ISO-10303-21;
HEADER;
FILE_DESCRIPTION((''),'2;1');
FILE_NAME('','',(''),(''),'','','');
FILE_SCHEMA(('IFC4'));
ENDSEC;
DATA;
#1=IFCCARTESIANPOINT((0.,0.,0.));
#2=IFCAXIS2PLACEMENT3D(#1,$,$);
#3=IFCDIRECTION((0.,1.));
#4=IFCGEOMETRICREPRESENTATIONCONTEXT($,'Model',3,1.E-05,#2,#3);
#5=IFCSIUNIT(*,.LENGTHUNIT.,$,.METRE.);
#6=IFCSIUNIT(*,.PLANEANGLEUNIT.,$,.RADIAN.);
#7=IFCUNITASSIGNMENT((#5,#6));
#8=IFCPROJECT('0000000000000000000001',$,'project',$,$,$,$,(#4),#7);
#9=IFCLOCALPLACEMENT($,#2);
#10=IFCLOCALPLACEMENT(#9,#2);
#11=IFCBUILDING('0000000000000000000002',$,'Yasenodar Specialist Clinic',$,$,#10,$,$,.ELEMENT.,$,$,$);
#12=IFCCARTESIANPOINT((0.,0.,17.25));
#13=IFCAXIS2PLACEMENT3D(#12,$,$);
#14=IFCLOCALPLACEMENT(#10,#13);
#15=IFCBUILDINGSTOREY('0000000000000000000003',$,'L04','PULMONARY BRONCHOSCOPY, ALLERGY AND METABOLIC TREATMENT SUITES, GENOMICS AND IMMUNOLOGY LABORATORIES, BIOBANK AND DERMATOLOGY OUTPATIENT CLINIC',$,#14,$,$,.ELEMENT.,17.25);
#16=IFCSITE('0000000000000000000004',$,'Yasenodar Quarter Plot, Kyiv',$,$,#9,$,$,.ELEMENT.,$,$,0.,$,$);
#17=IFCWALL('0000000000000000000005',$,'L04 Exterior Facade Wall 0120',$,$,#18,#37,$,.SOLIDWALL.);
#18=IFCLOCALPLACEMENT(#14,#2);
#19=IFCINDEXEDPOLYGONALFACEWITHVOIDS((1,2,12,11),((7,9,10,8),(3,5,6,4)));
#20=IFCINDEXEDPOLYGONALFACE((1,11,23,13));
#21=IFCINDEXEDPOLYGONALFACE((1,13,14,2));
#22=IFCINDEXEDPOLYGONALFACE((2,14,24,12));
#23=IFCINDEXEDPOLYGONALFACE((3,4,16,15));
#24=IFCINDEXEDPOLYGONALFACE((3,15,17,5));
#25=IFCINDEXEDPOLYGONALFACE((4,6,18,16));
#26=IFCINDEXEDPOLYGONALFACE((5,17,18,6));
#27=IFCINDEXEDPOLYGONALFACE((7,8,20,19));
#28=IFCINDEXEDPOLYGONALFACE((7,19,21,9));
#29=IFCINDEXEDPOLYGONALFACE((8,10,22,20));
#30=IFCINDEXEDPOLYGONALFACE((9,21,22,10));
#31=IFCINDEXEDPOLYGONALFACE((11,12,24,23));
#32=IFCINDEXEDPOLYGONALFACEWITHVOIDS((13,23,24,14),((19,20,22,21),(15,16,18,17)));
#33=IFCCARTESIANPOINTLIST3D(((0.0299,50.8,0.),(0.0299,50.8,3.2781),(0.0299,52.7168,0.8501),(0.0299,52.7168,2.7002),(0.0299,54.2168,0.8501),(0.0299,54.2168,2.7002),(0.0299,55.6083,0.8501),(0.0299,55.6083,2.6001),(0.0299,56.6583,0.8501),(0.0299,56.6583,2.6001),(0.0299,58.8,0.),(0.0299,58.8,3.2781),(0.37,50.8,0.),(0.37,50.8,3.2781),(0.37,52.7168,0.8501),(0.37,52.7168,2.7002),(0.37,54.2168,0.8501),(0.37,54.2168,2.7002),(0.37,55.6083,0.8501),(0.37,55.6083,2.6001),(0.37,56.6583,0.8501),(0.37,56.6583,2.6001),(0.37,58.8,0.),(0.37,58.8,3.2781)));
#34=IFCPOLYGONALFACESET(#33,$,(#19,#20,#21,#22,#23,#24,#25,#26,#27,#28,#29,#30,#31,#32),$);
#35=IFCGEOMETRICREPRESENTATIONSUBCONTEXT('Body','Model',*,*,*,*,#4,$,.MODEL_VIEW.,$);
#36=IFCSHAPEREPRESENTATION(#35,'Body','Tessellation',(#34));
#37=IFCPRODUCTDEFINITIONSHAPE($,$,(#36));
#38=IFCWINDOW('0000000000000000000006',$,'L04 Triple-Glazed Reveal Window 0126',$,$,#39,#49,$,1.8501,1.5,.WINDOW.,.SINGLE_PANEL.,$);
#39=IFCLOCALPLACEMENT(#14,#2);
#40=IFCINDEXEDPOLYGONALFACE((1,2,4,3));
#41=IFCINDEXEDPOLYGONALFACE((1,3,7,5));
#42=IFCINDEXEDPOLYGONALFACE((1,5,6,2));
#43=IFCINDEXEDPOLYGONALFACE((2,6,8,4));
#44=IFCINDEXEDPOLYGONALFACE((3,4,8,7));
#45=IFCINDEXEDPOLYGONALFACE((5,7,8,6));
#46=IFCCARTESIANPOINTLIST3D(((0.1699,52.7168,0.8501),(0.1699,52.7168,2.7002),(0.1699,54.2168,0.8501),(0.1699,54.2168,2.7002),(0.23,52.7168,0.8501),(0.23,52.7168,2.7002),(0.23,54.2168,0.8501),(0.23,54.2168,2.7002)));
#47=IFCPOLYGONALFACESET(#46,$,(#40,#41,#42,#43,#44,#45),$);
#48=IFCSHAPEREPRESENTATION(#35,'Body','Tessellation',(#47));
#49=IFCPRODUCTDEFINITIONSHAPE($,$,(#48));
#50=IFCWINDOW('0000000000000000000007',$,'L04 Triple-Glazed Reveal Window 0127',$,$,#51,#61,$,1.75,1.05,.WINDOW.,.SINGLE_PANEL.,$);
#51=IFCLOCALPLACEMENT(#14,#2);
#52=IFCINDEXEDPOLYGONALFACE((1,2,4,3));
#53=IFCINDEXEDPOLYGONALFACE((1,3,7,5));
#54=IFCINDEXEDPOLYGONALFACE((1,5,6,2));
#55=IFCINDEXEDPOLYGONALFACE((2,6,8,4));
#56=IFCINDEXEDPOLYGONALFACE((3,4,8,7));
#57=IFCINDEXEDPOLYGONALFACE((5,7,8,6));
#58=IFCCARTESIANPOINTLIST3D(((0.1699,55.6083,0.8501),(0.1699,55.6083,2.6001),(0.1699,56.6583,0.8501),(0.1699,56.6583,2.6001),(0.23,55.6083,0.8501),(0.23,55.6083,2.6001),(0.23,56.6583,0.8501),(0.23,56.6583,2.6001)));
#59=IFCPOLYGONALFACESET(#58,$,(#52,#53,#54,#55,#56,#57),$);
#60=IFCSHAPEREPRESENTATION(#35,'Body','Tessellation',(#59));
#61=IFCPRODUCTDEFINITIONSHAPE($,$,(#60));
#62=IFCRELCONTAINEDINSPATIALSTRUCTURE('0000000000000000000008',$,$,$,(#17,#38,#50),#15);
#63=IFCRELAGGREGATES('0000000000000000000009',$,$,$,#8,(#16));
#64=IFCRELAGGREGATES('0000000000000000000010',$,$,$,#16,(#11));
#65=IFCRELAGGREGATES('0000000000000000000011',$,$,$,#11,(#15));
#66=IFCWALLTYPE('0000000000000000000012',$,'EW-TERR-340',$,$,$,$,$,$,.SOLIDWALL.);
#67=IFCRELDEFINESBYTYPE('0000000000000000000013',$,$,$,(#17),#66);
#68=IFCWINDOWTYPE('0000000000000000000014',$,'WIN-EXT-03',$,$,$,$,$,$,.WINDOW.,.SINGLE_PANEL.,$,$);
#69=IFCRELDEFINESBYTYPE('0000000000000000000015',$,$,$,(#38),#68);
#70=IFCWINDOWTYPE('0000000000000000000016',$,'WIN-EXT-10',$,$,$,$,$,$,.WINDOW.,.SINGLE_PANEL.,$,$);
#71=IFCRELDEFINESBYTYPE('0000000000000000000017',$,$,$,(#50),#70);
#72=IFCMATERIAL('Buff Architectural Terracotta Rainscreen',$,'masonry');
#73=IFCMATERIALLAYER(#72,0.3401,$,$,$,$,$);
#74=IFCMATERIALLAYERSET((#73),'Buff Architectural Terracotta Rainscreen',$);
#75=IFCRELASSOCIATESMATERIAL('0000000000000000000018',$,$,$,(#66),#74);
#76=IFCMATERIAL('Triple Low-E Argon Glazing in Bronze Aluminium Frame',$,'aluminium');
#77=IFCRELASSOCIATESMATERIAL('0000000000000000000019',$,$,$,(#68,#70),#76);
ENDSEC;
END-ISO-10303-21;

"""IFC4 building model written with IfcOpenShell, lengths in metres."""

from ifc_helpers import new_model, si_unit, direction, frame, frame_2d, origin, place, context, subcontext, project, spatial, rectangle, extrude, material, layer, layer_set, type_object, element, fill, save


model = new_model("IFC4")

# Units and contexts
model_context = context("Model", 3, precision=1e-05, world=origin(), true_north=direction((0.0, 1.0)))
body_context = subcontext(model_context, "Body", "Model", "MODEL_VIEW")
ifc_project = project(units=[si_unit("LENGTHUNIT", "METRE"), si_unit("PLANEANGLEUNIT", "RADIAN")], contexts=[model_context])

# Site, building, storey
site_placement = place(None, origin())
site = spatial("IfcSite", under=ifc_project, at=site_placement, Name="Yasenodar Quarter Plot, Kyiv", CompositionType="ELEMENT", RefElevation=0.0)
building_placement = place(site_placement, origin())
building = spatial("IfcBuilding", under=site, at=building_placement, Name="Yasenodar Specialist Clinic", CompositionType="ELEMENT")
storey_placement = place(building_placement, frame((0.0, 0.0, 17.25)))
storey = spatial("IfcBuildingStorey", under=building, at=storey_placement, Name="L04", Description="PULMONARY BRONCHOSCOPY, ALLERGY AND METABOLIC TREATMENT SUITES, GENOMICS AND IMMUNOLOGY LABORATORIES, BIOBANK AND DERMATOLOGY OUTPATIENT CLINIC", CompositionType="ELEMENT", Elevation=17.25)

# Wall, openings, windows
ifc_material_1 = material(Name="Buff Architectural Terracotta Rainscreen", Category="masonry")
ifc_layer_1 = layer(ifc_material_1, 0.3401)
ifc_layer_set_1 = layer_set([ifc_layer_1], Name="Buff Architectural Terracotta Rainscreen")
wall_type = type_object("IfcWallType", Name="EW-TERR-340", PredefinedType="SOLIDWALL", material=ifc_layer_set_1)
wall_placement = place(storey_placement, frame((0.2, 50.8, 0.0), z_axis=(0.0, 0.0, 1.0), x_axis=(0.0, 1.0, 0.0)))
wall = element("IfcWall", 1, at=wall_placement, inside=storey, type_object=wall_type, Name="L04 Exterior Facade Wall 0120", PredefinedType="SOLIDWALL", context=body_context, shape_type="SweptSolid", body=[
    extrude(rectangle(XDim=8.0, YDim=0.3401, at=frame_2d((4.0, 0.0))), origin(), (0.0, 0.0, 1.0), 3.2781),
])
opening_1_placement = place(wall_placement, frame((1.9167, 0.0, 0.8501)))
opening_1 = element("IfcOpeningElement", 2, at=opening_1_placement, cuts=wall, PredefinedType="OPENING", context=body_context, shape_type="SweptSolid", body=[
    extrude(rectangle(XDim=1.5, YDim=1.8501, at=frame_2d((0.75, 0.925))), frame((0.0, 0.1802, 0.0), z_axis=(0.0, -1.0, 0.0), x_axis=(1.0, 0.0, 0.0)), (0.0, 0.0, 1.0), 0.3601),
])
opening_2_placement = place(wall_placement, frame((4.8083, 0.0, 0.8501)))
opening_2 = element("IfcOpeningElement", 3, at=opening_2_placement, cuts=wall, PredefinedType="OPENING", context=body_context, shape_type="SweptSolid", body=[
    extrude(rectangle(XDim=1.05, YDim=1.75, at=frame_2d((0.5249, 0.875))), frame((0.0, 0.1802, 0.0), z_axis=(0.0, -1.0, 0.0), x_axis=(1.0, 0.0, 0.0)), (0.0, 0.0, 1.0), 0.3601),
])
ifc_material_2 = material(Name="Triple Low-E Argon Glazing in Bronze Aluminium Frame", Category="aluminium")
window_type_1 = type_object("IfcWindowType", Name="WIN-EXT-03", PartitioningType="SINGLE_PANEL", PredefinedType="WINDOW", material=ifc_material_2)
window_1_placement = place(opening_1_placement, origin())
window_1 = element("IfcWindow", 4, at=window_1_placement, inside=storey, type_object=window_type_1, Name="L04 Triple-Glazed Reveal Window 0126", OverallHeight=1.8501, OverallWidth=1.5, PartitioningType="SINGLE_PANEL", PredefinedType="WINDOW", context=body_context, shape_type="SweptSolid", body=[
    extrude(rectangle(XDim=1.5, YDim=1.8501, at=frame_2d((0.75, 0.925))), frame((0.0, 0.03, 0.0), z_axis=(0.0, -1.0, 0.0), x_axis=(1.0, 0.0, 0.0)), (0.0, 0.0, 1.0), 0.0601),
])
fill(opening_1, window_1)
window_type_2 = type_object("IfcWindowType", Name="WIN-EXT-10", PartitioningType="SINGLE_PANEL", PredefinedType="WINDOW", material=ifc_material_2)
window_2_placement = place(opening_2_placement, origin())
window_2 = element("IfcWindow", 5, at=window_2_placement, inside=storey, type_object=window_type_2, Name="L04 Triple-Glazed Reveal Window 0127", OverallHeight=1.75, OverallWidth=1.05, PartitioningType="SINGLE_PANEL", PredefinedType="WINDOW", context=body_context, shape_type="SweptSolid", body=[
    extrude(rectangle(XDim=1.05, YDim=1.75, at=frame_2d((0.5249, 0.875))), frame((0.0, 0.03, 0.0), z_axis=(0.0, -1.0, 0.0), x_axis=(1.0, 0.0, 0.0)), (0.0, 0.0, 1.0), 0.0601),
])
fill(opening_2, window_2)

save(model, "model.ifc")
